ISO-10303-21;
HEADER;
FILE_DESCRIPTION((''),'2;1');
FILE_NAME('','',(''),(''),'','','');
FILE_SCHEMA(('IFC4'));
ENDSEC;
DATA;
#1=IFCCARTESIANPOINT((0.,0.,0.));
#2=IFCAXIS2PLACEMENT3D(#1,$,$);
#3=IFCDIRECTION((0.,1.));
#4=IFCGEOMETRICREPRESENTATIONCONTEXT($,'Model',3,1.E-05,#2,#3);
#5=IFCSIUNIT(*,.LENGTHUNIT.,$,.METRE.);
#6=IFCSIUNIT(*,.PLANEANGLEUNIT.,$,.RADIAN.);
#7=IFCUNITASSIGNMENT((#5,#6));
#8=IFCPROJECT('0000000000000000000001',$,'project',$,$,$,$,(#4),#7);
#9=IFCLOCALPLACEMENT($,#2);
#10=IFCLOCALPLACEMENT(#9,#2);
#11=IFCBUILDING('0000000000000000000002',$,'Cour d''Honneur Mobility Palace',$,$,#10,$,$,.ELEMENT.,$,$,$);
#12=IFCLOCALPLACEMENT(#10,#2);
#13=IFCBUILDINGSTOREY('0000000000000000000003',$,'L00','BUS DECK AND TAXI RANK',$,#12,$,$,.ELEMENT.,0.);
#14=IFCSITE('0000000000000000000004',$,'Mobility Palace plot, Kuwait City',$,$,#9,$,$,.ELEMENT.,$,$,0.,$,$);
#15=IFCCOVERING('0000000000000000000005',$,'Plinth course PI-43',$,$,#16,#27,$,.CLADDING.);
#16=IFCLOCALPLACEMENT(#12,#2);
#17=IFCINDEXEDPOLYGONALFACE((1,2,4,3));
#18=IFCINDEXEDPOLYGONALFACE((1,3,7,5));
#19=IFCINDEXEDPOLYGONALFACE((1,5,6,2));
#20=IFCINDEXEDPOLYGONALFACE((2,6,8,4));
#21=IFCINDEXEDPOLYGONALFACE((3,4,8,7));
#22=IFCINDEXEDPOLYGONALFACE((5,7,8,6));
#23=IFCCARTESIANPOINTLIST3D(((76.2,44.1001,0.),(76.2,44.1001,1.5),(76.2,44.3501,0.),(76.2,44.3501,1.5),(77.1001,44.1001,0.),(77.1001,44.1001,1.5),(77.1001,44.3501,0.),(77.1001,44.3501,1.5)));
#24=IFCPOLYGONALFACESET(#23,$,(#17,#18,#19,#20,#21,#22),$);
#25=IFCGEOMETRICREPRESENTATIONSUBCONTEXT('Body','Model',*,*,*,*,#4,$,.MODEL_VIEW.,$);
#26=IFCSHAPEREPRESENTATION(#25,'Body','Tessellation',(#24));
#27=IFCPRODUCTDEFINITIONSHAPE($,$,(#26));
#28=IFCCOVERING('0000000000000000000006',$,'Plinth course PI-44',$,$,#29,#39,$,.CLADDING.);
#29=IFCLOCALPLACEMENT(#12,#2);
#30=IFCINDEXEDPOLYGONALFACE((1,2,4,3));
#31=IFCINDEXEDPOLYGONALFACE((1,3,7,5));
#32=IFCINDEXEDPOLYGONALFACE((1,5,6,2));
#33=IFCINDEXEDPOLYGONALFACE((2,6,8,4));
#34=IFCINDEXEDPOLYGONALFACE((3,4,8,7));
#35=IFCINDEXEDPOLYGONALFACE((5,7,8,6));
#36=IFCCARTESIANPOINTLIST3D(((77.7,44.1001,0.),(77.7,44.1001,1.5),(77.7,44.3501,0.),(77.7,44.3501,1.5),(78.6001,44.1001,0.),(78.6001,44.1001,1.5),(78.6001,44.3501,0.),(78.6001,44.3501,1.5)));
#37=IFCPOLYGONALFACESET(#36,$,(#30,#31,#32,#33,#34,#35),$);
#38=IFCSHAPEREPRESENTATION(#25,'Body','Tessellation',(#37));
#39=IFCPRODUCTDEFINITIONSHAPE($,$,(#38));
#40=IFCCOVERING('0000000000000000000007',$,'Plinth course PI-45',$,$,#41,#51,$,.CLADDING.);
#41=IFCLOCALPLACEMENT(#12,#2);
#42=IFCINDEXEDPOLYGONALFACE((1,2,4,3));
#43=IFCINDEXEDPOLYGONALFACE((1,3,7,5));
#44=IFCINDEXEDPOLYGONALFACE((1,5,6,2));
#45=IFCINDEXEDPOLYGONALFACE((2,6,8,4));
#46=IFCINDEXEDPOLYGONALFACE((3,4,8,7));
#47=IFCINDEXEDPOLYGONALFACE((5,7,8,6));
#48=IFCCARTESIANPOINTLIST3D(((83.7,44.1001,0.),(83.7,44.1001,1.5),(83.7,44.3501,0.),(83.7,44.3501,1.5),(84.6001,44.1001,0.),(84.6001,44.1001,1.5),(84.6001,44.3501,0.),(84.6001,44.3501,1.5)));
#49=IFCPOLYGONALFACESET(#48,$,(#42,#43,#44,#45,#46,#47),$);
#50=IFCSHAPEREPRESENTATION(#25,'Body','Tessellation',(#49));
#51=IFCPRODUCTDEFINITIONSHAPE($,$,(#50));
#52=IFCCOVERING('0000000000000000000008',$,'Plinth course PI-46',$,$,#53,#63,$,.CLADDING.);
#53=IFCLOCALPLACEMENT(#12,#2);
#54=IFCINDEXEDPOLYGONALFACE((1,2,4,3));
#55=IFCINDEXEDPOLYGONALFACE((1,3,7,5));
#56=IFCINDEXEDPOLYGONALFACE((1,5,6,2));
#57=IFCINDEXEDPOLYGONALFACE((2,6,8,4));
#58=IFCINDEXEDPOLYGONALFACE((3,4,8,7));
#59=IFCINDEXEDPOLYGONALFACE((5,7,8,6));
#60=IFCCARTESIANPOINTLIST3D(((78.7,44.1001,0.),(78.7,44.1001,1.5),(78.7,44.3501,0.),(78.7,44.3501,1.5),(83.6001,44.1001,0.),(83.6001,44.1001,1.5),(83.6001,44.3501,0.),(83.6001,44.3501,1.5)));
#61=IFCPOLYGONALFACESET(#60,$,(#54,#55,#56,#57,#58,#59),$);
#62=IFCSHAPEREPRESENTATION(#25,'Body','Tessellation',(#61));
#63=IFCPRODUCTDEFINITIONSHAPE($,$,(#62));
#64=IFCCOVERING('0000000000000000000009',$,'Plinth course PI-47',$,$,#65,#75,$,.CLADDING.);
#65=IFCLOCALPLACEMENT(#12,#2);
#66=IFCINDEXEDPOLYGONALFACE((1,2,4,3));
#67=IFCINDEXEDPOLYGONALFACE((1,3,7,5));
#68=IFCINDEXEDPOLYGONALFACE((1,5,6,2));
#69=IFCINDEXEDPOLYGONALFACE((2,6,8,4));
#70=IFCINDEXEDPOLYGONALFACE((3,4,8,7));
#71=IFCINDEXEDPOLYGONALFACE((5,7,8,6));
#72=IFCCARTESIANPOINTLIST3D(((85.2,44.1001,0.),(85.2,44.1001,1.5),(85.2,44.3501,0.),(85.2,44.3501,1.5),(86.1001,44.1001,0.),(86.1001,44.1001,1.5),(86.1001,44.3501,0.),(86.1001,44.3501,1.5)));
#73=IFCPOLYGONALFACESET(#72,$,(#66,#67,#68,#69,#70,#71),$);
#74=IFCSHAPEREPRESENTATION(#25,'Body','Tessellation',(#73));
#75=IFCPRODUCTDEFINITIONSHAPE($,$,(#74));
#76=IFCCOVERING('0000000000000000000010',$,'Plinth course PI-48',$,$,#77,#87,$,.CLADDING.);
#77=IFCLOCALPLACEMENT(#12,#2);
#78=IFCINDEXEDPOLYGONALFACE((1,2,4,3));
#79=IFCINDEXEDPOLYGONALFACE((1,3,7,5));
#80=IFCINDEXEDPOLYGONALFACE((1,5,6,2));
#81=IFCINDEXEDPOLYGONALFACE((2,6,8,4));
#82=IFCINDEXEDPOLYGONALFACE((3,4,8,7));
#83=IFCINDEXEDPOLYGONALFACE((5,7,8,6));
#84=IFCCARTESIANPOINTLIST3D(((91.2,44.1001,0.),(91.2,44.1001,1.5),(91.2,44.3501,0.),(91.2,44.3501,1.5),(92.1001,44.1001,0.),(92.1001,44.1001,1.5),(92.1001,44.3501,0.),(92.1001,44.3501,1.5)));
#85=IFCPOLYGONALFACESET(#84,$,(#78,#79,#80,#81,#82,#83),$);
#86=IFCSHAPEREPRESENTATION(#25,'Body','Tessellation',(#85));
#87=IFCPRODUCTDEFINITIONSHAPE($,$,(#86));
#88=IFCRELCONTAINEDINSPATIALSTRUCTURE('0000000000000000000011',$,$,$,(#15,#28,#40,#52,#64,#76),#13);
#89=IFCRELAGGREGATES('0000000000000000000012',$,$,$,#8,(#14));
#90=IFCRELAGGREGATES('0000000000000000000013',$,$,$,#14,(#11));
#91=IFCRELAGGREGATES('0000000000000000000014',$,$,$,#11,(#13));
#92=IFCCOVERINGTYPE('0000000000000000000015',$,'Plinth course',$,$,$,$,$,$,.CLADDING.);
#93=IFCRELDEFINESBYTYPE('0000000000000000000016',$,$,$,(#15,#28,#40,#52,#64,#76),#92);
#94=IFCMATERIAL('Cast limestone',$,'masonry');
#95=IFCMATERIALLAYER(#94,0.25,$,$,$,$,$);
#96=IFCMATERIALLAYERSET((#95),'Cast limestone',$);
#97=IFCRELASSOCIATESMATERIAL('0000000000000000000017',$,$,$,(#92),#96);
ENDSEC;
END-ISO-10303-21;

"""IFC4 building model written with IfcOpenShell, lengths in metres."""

from ifc_helpers import new_model, si_unit, direction, origin, place, context, subcontext, project, spatial, polyline, outline, extrude, material, layer, layer_set, type_object, element, save


model = new_model("IFC4")

# Units and contexts
model_context = context("Model", 3, precision=1e-05, world=origin(), true_north=direction((0.0, 1.0)))
body_context = subcontext(model_context, "Body", "Model", "MODEL_VIEW")
ifc_project = project(units=[si_unit("LENGTHUNIT", "METRE"), si_unit("PLANEANGLEUNIT", "RADIAN")], contexts=[model_context])

# Site, building, storey
site_placement = place(None, origin())
site = spatial("IfcSite", under=ifc_project, at=site_placement, Name="Mobility Palace plot, Kuwait City", CompositionType="ELEMENT", RefElevation=0.0)
building_placement = place(site_placement, origin())
building = spatial("IfcBuilding", under=site, at=building_placement, Name="Cour d'Honneur Mobility Palace", CompositionType="ELEMENT")
storey_placement = place(building_placement, origin())
storey = spatial("IfcBuildingStorey", under=building, at=storey_placement, Name="L00", Description="BUS DECK AND TAXI RANK", CompositionType="ELEMENT", Elevation=0.0)

# Coverings
ifc_material_1 = material(Name="Cast limestone", Category="masonry")
ifc_layer_1 = layer(ifc_material_1, 0.25)
ifc_layer_set_1 = layer_set([ifc_layer_1], Name="Cast limestone")
covering_type_1 = type_object("IfcCoveringType", Name="Plinth course", PredefinedType="CLADDING", material=ifc_layer_set_1)
covering_1_placement = place(storey_placement, origin())
element("IfcCovering", 1, at=covering_1_placement, inside=storey, type_object=covering_type_1, Name="Plinth course PI-43", PredefinedType="CLADDING", context=body_context, shape_type="SweptSolid", body=[
    extrude(outline(polyline([(76.2, 44.3501), (77.1001, 44.3501), (77.1001, 44.1001), (76.2, 44.1001), (76.2, 44.3501)])), origin(), (0.0, 0.0, 1.0), 1.5),
])
covering_2_placement = place(storey_placement, origin())
element("IfcCovering", 2, at=covering_2_placement, inside=storey, type_object=covering_type_1, Name="Plinth course PI-44", PredefinedType="CLADDING", context=body_context, shape_type="SweptSolid", body=[
    extrude(outline(polyline([(77.7, 44.3501), (78.6001, 44.3501), (78.6001, 44.1001), (77.7, 44.1001), (77.7, 44.3501)])), origin(), (0.0, 0.0, 1.0), 1.5),
])
covering_3_placement = place(storey_placement, origin())
element("IfcCovering", 3, at=covering_3_placement, inside=storey, type_object=covering_type_1, Name="Plinth course PI-45", PredefinedType="CLADDING", context=body_context, shape_type="SweptSolid", body=[
    extrude(outline(polyline([(83.7, 44.3501), (84.6001, 44.3501), (84.6001, 44.1001), (83.7, 44.1001), (83.7, 44.3501)])), origin(), (0.0, 0.0, 1.0), 1.5),
])
covering_4_placement = place(storey_placement, origin())
element("IfcCovering", 4, at=covering_4_placement, inside=storey, type_object=covering_type_1, Name="Plinth course PI-46", PredefinedType="CLADDING", context=body_context, shape_type="SweptSolid", body=[
    extrude(outline(polyline([(78.7, 44.3501), (83.6001, 44.3501), (83.6001, 44.1001), (78.7, 44.1001), (78.7, 44.3501)])), origin(), (0.0, 0.0, 1.0), 1.5),
])
covering_5_placement = place(storey_placement, origin())
element("IfcCovering", 5, at=covering_5_placement, inside=storey, type_object=covering_type_1, Name="Plinth course PI-47", PredefinedType="CLADDING", context=body_context, shape_type="SweptSolid", body=[
    extrude(outline(polyline([(85.2, 44.3501), (86.1001, 44.3501), (86.1001, 44.1001), (85.2, 44.1001), (85.2, 44.3501)])), origin(), (0.0, 0.0, 1.0), 1.5),
])
covering_6_placement = place(storey_placement, origin())
element("IfcCovering", 6, at=covering_6_placement, inside=storey, type_object=covering_type_1, Name="Plinth course PI-48", PredefinedType="CLADDING", context=body_context, shape_type="SweptSolid", body=[
    extrude(outline(polyline([(91.2, 44.3501), (92.1001, 44.3501), (92.1001, 44.1001), (91.2, 44.1001), (91.2, 44.3501)])), origin(), (0.0, 0.0, 1.0), 1.5),
])

save(model, "model.ifc")
